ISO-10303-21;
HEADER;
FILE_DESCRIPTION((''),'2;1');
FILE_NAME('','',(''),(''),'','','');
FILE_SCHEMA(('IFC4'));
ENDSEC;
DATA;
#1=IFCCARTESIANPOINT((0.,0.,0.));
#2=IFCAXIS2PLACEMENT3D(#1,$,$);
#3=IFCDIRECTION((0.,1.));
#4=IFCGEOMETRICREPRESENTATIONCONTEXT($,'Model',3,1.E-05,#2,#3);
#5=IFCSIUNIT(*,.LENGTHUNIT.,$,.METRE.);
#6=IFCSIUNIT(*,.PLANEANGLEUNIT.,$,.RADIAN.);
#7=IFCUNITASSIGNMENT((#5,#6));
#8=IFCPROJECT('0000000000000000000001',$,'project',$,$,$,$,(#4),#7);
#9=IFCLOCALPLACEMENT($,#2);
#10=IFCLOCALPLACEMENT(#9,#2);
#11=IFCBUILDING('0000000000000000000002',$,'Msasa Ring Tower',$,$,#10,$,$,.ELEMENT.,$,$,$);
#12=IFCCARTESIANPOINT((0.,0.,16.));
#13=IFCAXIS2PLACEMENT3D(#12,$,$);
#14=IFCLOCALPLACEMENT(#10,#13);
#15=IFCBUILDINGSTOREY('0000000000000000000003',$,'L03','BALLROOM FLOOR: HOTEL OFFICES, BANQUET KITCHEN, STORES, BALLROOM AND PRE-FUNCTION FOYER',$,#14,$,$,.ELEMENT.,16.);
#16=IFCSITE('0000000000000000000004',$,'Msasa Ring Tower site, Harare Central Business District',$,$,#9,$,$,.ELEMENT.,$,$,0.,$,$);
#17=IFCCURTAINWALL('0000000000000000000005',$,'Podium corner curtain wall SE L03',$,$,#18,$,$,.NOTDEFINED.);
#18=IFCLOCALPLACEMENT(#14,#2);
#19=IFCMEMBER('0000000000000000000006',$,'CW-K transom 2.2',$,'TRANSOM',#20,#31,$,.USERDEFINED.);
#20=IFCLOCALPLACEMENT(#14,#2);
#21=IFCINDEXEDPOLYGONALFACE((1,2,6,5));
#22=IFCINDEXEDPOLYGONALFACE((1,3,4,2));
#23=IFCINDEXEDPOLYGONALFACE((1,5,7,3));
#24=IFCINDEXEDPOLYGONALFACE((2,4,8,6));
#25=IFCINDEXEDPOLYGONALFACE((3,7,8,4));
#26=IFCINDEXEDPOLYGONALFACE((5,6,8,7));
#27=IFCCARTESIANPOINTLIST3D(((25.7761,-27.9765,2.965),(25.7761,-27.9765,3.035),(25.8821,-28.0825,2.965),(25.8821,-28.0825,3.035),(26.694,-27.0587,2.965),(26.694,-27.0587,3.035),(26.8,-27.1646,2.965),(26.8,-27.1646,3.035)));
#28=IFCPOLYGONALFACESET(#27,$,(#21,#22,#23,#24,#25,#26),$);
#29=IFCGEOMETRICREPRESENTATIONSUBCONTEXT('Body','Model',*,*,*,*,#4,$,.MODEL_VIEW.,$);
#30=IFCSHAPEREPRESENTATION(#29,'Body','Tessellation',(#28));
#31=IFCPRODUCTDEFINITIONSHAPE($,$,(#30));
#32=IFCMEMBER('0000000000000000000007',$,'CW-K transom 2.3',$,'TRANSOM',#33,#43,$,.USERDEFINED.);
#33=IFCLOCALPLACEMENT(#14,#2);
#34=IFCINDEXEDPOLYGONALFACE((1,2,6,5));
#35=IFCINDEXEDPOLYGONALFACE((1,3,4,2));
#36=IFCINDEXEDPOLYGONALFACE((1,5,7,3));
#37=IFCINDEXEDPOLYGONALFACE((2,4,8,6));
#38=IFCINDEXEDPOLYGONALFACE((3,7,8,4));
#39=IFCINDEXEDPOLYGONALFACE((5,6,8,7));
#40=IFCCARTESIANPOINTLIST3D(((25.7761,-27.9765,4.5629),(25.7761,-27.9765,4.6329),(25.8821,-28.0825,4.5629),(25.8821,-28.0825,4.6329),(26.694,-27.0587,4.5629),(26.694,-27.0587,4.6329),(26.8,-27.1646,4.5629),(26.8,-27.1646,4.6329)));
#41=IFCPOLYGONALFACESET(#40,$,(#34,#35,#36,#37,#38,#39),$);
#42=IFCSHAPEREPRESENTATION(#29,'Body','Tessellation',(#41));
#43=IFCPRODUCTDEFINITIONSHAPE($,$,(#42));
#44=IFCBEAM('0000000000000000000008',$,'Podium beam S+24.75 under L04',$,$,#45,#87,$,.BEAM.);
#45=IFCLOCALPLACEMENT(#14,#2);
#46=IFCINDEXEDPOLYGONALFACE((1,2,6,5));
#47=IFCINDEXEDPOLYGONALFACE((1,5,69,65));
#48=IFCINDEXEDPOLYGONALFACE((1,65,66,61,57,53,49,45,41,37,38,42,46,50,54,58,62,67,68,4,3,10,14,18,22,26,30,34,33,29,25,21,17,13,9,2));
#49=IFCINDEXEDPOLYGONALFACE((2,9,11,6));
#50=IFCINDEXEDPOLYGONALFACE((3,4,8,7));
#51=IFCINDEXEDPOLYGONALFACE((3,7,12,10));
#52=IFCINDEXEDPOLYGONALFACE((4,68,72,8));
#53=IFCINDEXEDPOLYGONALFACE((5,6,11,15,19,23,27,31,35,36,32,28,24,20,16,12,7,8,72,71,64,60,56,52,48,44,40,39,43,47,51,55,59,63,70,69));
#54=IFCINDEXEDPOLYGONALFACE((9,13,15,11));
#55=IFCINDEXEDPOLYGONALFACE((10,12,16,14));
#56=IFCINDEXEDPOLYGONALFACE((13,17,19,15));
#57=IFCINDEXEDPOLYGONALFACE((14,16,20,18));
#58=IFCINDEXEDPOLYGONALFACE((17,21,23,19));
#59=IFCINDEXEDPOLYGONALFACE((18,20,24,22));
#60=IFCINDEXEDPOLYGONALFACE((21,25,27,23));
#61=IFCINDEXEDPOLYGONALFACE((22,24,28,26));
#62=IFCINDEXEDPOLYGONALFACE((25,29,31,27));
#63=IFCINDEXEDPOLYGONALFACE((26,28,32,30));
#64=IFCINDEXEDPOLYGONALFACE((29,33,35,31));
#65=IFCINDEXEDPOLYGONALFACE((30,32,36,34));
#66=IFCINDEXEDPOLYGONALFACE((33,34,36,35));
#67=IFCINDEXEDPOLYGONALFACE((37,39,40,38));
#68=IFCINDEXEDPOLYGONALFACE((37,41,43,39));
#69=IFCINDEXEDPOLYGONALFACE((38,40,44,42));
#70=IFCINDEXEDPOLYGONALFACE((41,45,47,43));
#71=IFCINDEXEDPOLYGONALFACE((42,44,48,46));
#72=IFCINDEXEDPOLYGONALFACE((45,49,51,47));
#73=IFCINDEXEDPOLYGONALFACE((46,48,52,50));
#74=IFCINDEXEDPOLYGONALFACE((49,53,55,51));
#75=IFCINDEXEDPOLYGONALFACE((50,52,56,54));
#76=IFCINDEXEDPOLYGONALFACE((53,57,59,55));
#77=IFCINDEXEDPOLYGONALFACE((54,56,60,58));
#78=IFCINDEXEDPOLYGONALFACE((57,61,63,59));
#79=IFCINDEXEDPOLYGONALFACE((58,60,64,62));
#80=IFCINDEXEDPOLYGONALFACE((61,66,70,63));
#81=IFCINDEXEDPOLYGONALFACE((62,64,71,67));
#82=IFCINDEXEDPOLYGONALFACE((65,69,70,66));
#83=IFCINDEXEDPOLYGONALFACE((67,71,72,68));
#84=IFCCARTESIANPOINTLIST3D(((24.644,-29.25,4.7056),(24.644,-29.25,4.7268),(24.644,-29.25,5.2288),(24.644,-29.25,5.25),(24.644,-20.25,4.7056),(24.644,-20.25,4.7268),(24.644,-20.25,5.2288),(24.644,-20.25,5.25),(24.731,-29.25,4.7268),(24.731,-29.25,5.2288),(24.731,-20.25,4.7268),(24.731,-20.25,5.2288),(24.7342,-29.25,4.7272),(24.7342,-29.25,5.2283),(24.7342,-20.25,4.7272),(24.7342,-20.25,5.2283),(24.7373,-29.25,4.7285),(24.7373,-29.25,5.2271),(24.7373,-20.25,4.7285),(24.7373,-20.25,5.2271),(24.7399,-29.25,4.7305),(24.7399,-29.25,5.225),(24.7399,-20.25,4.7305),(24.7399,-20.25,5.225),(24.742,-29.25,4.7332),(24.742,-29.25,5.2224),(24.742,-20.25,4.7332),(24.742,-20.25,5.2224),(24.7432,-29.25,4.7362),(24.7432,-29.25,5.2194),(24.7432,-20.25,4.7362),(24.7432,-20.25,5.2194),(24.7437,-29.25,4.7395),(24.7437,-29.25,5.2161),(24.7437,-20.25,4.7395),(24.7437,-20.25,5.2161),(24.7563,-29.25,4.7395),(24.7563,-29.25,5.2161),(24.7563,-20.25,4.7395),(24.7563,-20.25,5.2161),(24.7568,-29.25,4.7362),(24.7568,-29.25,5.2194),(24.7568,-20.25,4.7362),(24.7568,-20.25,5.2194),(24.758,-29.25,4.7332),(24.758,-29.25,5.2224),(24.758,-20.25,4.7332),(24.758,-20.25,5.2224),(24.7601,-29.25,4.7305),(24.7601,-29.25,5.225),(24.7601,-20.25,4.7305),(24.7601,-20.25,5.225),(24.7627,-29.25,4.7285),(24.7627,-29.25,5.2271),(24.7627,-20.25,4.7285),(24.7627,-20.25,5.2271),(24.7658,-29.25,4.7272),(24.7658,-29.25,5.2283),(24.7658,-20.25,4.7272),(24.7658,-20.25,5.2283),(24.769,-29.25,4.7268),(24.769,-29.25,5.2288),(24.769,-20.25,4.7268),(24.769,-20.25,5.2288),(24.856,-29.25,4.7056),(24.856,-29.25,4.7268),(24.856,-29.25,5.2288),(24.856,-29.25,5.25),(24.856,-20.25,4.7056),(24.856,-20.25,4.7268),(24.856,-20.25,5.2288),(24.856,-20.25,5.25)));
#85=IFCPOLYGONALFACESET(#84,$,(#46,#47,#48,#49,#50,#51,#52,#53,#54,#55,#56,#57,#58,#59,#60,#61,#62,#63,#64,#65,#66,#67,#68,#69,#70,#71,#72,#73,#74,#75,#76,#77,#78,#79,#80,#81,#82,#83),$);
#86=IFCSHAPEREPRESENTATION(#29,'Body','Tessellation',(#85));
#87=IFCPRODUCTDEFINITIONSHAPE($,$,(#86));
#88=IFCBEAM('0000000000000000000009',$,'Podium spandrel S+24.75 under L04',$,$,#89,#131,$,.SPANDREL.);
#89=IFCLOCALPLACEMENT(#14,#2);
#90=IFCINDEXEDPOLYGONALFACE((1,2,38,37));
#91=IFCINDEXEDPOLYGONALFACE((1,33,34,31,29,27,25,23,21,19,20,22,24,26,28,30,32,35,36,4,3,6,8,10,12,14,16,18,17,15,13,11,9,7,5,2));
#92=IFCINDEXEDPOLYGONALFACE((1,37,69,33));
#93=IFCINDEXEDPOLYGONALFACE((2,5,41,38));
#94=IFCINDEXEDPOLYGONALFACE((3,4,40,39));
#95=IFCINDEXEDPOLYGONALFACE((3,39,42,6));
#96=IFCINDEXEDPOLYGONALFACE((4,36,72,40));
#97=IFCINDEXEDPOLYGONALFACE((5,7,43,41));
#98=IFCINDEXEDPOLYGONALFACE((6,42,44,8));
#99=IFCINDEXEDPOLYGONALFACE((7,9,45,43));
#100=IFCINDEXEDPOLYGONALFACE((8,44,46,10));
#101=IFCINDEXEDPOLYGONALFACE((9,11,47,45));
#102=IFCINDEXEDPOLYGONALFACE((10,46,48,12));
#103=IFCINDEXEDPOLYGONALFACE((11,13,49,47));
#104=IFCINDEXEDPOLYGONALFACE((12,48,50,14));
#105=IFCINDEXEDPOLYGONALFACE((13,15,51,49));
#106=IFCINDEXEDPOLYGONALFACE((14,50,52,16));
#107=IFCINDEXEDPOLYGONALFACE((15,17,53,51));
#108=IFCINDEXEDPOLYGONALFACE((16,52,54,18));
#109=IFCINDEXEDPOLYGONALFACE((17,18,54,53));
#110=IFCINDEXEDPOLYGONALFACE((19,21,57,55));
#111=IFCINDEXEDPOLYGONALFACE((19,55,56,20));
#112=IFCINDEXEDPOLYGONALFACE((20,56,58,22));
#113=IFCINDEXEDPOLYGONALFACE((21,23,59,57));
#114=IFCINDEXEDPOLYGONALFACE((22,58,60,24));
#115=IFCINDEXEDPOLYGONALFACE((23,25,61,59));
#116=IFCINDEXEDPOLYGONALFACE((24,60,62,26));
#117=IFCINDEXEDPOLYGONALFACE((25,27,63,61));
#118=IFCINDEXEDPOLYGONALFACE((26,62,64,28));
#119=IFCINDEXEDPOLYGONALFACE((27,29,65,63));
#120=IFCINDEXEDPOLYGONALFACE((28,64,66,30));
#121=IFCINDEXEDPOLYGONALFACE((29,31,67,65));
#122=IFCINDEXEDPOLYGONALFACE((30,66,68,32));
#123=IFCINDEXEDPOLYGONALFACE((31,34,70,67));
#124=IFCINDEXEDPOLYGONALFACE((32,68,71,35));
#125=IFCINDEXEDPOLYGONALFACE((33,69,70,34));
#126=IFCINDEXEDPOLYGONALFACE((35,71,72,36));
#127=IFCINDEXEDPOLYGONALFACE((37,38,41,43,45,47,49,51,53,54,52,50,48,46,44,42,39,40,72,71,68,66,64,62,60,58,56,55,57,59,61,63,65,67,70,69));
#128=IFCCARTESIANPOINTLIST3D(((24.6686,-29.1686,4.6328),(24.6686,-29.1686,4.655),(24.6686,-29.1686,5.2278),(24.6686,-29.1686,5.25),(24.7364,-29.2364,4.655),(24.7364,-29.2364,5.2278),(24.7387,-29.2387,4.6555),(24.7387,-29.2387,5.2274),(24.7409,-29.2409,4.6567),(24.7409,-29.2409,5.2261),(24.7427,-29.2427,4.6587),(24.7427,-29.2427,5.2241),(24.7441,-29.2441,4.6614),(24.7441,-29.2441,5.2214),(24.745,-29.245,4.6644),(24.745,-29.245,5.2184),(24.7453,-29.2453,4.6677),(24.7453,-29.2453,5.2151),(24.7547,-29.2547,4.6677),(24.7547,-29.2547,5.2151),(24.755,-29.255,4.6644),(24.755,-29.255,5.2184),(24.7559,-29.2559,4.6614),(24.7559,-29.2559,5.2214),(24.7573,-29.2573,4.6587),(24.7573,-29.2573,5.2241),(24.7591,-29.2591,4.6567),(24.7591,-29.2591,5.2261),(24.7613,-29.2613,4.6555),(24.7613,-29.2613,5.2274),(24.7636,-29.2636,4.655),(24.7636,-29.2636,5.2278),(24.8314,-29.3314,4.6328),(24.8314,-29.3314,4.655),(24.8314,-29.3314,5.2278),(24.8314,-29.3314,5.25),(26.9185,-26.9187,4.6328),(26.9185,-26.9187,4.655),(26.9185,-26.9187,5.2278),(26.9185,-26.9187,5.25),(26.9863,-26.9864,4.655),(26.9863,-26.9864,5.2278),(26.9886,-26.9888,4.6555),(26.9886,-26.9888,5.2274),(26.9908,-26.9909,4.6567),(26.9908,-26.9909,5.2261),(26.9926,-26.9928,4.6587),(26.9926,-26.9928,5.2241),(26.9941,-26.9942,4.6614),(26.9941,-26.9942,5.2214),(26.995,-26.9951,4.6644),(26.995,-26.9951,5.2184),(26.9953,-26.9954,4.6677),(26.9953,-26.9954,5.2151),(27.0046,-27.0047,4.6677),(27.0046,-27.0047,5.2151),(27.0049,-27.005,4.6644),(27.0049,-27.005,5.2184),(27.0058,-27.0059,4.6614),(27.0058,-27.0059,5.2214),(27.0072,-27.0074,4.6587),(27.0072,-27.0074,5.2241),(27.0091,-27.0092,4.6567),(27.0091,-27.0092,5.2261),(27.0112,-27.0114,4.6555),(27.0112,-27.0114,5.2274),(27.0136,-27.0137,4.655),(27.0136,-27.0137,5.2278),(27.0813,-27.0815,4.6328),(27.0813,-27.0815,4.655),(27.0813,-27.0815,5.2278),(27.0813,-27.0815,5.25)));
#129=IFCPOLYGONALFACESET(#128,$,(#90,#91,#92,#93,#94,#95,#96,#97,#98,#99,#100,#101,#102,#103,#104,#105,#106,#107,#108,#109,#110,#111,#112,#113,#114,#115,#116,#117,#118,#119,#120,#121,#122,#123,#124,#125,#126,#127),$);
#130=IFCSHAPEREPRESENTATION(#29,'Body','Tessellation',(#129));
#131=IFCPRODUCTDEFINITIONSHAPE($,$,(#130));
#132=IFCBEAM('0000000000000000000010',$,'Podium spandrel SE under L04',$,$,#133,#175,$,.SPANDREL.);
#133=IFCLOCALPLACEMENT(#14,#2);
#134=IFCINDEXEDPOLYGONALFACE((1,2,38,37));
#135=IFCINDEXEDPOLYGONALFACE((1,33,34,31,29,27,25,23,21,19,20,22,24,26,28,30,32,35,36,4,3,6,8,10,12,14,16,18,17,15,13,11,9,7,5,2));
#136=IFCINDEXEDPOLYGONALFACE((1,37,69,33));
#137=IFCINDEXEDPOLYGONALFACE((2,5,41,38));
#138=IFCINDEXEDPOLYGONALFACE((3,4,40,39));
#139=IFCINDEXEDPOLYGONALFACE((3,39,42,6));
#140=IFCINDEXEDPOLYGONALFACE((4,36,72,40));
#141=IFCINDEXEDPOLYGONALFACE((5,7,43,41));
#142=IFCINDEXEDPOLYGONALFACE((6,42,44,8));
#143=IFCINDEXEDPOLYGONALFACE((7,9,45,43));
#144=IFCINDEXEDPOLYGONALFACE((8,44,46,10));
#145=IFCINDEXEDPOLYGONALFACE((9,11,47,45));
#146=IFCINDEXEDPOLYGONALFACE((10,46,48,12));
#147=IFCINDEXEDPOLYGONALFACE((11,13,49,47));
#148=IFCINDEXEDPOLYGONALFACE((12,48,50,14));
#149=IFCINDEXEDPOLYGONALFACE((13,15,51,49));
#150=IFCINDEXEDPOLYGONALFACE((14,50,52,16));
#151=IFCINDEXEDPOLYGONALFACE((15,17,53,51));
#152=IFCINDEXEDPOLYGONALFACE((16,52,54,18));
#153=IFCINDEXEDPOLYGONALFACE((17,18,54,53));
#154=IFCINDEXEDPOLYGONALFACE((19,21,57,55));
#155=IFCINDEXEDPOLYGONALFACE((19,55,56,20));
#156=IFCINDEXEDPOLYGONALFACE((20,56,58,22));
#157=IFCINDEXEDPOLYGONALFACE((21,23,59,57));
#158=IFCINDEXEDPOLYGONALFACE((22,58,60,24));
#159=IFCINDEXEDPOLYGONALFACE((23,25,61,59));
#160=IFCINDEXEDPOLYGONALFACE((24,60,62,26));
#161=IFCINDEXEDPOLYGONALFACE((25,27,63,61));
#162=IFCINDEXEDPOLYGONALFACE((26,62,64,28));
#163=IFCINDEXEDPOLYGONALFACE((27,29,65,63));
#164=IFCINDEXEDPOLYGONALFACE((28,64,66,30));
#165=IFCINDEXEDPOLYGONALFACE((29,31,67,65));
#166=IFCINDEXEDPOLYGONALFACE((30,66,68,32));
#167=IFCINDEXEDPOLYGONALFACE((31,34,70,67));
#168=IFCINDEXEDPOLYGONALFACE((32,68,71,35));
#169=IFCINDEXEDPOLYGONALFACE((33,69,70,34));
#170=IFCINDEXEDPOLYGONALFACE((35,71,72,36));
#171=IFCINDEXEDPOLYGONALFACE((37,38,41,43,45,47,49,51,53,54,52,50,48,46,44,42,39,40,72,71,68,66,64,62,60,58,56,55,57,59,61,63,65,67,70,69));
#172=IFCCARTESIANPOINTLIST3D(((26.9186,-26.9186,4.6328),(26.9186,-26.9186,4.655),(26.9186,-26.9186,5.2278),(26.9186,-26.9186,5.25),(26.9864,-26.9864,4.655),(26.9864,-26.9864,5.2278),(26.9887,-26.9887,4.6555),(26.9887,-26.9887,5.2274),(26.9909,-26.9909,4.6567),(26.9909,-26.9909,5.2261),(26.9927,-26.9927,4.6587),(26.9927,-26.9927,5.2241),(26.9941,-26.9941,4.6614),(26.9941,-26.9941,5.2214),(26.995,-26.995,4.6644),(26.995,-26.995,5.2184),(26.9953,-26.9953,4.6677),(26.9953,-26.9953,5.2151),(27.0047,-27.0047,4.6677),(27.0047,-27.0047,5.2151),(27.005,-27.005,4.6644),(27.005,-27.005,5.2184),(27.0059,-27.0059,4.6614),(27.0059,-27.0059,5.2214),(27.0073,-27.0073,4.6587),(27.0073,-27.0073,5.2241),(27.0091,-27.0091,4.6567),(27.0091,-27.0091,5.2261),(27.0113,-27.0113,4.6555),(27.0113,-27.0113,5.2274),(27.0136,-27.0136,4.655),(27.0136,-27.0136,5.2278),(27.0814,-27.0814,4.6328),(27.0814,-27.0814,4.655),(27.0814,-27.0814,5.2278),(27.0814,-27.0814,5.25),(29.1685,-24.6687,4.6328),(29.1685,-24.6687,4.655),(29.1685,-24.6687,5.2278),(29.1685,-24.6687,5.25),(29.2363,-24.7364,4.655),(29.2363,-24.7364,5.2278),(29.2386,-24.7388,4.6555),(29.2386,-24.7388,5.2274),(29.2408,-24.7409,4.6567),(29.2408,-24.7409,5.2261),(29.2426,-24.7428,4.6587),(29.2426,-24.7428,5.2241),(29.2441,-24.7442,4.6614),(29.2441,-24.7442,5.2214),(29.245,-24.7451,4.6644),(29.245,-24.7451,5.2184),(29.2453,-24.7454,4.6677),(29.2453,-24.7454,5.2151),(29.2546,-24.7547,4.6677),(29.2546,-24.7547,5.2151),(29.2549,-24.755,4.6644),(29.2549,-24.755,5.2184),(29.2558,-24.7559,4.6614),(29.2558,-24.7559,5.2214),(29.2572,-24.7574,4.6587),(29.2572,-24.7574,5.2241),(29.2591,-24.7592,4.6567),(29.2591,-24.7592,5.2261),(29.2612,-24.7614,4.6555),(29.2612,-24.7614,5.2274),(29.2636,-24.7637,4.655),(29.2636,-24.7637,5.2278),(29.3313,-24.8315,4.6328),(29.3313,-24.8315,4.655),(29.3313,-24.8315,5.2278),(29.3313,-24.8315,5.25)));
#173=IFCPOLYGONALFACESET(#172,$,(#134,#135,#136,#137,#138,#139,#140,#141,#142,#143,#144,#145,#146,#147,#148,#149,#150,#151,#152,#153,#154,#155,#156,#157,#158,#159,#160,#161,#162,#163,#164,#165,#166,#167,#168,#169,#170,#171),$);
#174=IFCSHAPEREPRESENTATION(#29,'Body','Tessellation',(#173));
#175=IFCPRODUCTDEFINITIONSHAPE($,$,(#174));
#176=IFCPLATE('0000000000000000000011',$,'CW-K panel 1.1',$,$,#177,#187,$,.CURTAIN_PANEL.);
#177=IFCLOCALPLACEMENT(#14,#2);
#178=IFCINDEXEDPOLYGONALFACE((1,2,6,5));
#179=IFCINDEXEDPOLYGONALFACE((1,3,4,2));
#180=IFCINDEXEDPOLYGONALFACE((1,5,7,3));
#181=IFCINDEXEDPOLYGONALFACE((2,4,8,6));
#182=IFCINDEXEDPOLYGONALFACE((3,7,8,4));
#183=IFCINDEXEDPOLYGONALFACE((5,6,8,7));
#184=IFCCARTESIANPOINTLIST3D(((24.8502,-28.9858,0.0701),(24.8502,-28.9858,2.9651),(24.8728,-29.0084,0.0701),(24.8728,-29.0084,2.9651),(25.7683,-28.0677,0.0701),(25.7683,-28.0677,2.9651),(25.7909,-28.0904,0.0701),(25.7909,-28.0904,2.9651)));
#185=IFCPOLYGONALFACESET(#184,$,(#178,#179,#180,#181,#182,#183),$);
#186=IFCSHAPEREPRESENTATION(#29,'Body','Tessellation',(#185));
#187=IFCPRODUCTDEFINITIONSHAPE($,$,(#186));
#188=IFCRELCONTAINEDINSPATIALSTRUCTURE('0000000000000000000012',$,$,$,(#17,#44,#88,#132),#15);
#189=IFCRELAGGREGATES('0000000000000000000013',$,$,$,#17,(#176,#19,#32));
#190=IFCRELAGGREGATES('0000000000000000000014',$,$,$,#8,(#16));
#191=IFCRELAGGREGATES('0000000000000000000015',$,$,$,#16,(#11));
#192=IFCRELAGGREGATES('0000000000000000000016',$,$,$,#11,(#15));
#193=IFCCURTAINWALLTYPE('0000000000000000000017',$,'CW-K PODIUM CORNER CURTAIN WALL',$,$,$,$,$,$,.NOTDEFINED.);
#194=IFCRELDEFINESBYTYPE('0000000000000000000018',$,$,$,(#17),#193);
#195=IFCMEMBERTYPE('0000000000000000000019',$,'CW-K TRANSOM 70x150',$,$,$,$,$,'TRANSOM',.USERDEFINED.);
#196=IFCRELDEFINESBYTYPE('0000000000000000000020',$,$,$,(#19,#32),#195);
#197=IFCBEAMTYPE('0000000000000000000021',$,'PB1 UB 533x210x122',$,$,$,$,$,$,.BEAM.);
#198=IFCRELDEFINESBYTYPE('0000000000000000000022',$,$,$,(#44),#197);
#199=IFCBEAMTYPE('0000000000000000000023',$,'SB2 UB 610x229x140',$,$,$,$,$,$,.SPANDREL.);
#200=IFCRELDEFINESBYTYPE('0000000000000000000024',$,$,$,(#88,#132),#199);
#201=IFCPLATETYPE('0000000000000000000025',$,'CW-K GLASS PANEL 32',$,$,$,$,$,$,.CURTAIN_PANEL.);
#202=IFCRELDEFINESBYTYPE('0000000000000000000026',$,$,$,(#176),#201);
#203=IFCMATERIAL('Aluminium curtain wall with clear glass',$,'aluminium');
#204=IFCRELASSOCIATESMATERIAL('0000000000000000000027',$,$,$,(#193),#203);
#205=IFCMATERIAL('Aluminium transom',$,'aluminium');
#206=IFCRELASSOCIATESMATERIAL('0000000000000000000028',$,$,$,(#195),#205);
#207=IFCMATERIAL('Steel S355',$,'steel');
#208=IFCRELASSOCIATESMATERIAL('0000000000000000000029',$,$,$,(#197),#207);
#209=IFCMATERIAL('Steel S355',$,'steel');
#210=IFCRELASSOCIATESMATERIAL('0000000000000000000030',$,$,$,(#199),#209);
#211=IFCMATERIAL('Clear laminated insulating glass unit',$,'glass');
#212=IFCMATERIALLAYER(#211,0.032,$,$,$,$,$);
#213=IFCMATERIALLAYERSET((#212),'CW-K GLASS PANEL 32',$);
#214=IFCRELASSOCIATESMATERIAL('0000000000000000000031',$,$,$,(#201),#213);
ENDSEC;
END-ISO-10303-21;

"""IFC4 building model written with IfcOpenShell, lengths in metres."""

from ifc_helpers import new_model, si_unit, direction, frame, origin, origin_2d, place, context, subcontext, project, spatial, rectangle, i_section, extrude, material, layer, layer_set, material_profile, profile_set, type_object, element, aggregate, save


model = new_model("IFC4")

# Units and contexts
model_context = context("Model", 3, precision=1e-05, world=origin(), true_north=direction((0.0, 1.0)))
body_context = subcontext(model_context, "Body", "Model", "MODEL_VIEW")
ifc_project = project(units=[si_unit("LENGTHUNIT", "METRE"), si_unit("PLANEANGLEUNIT", "RADIAN")], contexts=[model_context])

# Site, building, storey
site_placement = place(None, origin())
site = spatial("IfcSite", under=ifc_project, at=site_placement, Name="Msasa Ring Tower site, Harare Central Business District", CompositionType="ELEMENT", RefElevation=0.0)
building_placement = place(site_placement, origin())
building = spatial("IfcBuilding", under=site, at=building_placement, Name="Msasa Ring Tower", CompositionType="ELEMENT")
storey_placement = place(building_placement, frame((0.0, 0.0, 16.0)))
storey = spatial("IfcBuildingStorey", under=building, at=storey_placement, Name="L03", Description="BALLROOM FLOOR: HOTEL OFFICES, BANQUET KITCHEN, STORES, BALLROOM AND PRE-FUNCTION FOYER", CompositionType="ELEMENT", Elevation=16.0)

# Curtain wall, members
ifc_material_1 = material(Name="Aluminium curtain wall with clear glass", Category="aluminium")
curtain_wall_type = type_object("IfcCurtainWallType", Name="CW-K PODIUM CORNER CURTAIN WALL", PredefinedType="NOTDEFINED", material=ifc_material_1)
curtain_wall_placement = place(storey_placement, origin())
curtain_wall = element("IfcCurtainWall", 1, at=curtain_wall_placement, inside=storey, type_object=curtain_wall_type, Name="Podium corner curtain wall SE L03", PredefinedType="NOTDEFINED")
ifc_material_2 = material(Name="Aluminium transom", Category="aluminium")
ifc_material_profile_1 = material_profile(ifc_material_2, rectangle(XDim=0.1499, YDim=0.0701, at=origin_2d()), Name="AL 70x150")
ifc_profile_set_1 = profile_set([ifc_material_profile_1], Name="Aluminium transom")
member_type_1 = type_object("IfcMemberType", Name="CW-K TRANSOM 70x150", ElementType="TRANSOM", PredefinedType="USERDEFINED", material=ifc_profile_set_1)
member_1_placement = place(storey_placement, frame((25.8291, -28.0295, 3.0), z_axis=(0.707107, 0.707107, 0.0), x_axis=(-0.707107, 0.707107, 0.0)))
member_1 = element("IfcMember", 2, at=member_1_placement, type_object=member_type_1, Name="CW-K transom 2.2", ObjectType="TRANSOM", PredefinedType="USERDEFINED", context=body_context, shape_type="SweptSolid", body=[
    extrude(rectangle(XDim=0.1499, YDim=0.0701, at=origin_2d()), origin(), (0.0, 0.0, 1.0), 1.2981),
])
member_2_placement = place(storey_placement, frame((25.8291, -28.0295, 4.5979), z_axis=(0.707107, 0.707107, 0.0), x_axis=(-0.707107, 0.707107, 0.0)))
member_2 = element("IfcMember", 3, at=member_2_placement, type_object=member_type_1, Name="CW-K transom 2.3", ObjectType="TRANSOM", PredefinedType="USERDEFINED", context=body_context, shape_type="SweptSolid", body=[
    extrude(rectangle(XDim=0.1499, YDim=0.0701, at=origin_2d()), origin(), (0.0, 0.0, 1.0), 1.2981),
])

# Beams
ifc_material_3 = material(Name="Steel S355", Category="steel")
ifc_material_profile_2 = material_profile(ifc_material_3, i_section(OverallWidth=0.2119, OverallDepth=0.5444, WebThickness=0.0127, FlangeThickness=0.0212, FilletRadius=0.0127, at=origin_2d()), Name="UB 533x210x122")
ifc_profile_set_2 = profile_set([ifc_material_profile_2], Name="Steel S355")
beam_type_1 = type_object("IfcBeamType", Name="PB1 UB 533x210x122", PredefinedType="BEAM", material=ifc_profile_set_2)
beam_placement = place(storey_placement, frame((24.75, -29.25, 4.9778), z_axis=(0.0, 1.0, 0.0), x_axis=(-1.0, 0.0, 0.0)))
element("IfcBeam", 4, at=beam_placement, inside=storey, type_object=beam_type_1, Name="Podium beam S+24.75 under L04", PredefinedType="BEAM", context=body_context, shape_type="SweptSolid", body=[
    extrude(i_section(OverallWidth=0.2119, OverallDepth=0.5444, WebThickness=0.0127, FlangeThickness=0.0212, FilletRadius=0.0127, at=origin_2d()), origin(), (0.0, 0.0, 1.0), 9.0),
])
ifc_material_4 = material(Name="Steel S355", Category="steel")
ifc_material_profile_3 = material_profile(ifc_material_4, i_section(OverallWidth=0.2302, OverallDepth=0.6172, WebThickness=0.0132, FlangeThickness=0.0222, FilletRadius=0.0127, at=origin_2d()), Name="UB 610x229x140")
ifc_profile_set_3 = profile_set([ifc_material_profile_3], Name="Steel S355")
beam_type_2 = type_object("IfcBeamType", Name="SB2 UB 610x229x140", PredefinedType="SPANDREL", material=ifc_profile_set_3)
for number, where, z_axis, x_axis, name in (
    (5, (24.75, -29.25, 4.9414), (0.707107, 0.707107, 0.0), (-0.707107, 0.707107, 0.0), "Podium spandrel S+24.75 under L04"),
    (6, (27.0, -27.0, 4.9414), (0.707107, 0.707107, 0.0), (-0.707107, 0.707107, 0.0), "Podium spandrel SE under L04"),
):
    element("IfcBeam", number, at=place(storey_placement, frame(where, z_axis=z_axis, x_axis=x_axis)), inside=storey, type_object=beam_type_2, Name=name, PredefinedType="SPANDREL", context=body_context, shape_type="SweptSolid", body=[
        extrude(i_section(OverallWidth=0.2302, OverallDepth=0.6172, WebThickness=0.0132, FlangeThickness=0.0222, FilletRadius=0.0127, at=origin_2d()), origin(), (0.0, 0.0, 1.0), 3.1819),
    ])

# Plate
ifc_material_5 = material(Name="Clear laminated insulating glass unit", Category="glass")
ifc_layer_1 = layer(ifc_material_5, 0.032)
ifc_layer_set_1 = layer_set([ifc_layer_1], Name="CW-K GLASS PANEL 32")
plate_type = type_object("IfcPlateType", Name="CW-K GLASS PANEL 32", PredefinedType="CURTAIN_PANEL", material=ifc_layer_set_1)
plate_1_placement = place(storey_placement, frame((25.3206, -28.5381, 0.0701), z_axis=(0.0, 0.0, 1.0), x_axis=(0.707107, 0.707107, 0.0)))
plate_1 = element("IfcPlate", 7, at=plate_1_placement, type_object=plate_type, Name="CW-K panel 1.1", PredefinedType="CURTAIN_PANEL", context=body_context, shape_type="SweptSolid", body=[
    extrude(rectangle(XDim=1.2983, YDim=0.032, at=origin_2d()), origin(), (0.0, 0.0, 1.0), 2.895),
])
aggregate(curtain_wall, [plate_1, member_1, member_2])

save(model, "model.ifc")
